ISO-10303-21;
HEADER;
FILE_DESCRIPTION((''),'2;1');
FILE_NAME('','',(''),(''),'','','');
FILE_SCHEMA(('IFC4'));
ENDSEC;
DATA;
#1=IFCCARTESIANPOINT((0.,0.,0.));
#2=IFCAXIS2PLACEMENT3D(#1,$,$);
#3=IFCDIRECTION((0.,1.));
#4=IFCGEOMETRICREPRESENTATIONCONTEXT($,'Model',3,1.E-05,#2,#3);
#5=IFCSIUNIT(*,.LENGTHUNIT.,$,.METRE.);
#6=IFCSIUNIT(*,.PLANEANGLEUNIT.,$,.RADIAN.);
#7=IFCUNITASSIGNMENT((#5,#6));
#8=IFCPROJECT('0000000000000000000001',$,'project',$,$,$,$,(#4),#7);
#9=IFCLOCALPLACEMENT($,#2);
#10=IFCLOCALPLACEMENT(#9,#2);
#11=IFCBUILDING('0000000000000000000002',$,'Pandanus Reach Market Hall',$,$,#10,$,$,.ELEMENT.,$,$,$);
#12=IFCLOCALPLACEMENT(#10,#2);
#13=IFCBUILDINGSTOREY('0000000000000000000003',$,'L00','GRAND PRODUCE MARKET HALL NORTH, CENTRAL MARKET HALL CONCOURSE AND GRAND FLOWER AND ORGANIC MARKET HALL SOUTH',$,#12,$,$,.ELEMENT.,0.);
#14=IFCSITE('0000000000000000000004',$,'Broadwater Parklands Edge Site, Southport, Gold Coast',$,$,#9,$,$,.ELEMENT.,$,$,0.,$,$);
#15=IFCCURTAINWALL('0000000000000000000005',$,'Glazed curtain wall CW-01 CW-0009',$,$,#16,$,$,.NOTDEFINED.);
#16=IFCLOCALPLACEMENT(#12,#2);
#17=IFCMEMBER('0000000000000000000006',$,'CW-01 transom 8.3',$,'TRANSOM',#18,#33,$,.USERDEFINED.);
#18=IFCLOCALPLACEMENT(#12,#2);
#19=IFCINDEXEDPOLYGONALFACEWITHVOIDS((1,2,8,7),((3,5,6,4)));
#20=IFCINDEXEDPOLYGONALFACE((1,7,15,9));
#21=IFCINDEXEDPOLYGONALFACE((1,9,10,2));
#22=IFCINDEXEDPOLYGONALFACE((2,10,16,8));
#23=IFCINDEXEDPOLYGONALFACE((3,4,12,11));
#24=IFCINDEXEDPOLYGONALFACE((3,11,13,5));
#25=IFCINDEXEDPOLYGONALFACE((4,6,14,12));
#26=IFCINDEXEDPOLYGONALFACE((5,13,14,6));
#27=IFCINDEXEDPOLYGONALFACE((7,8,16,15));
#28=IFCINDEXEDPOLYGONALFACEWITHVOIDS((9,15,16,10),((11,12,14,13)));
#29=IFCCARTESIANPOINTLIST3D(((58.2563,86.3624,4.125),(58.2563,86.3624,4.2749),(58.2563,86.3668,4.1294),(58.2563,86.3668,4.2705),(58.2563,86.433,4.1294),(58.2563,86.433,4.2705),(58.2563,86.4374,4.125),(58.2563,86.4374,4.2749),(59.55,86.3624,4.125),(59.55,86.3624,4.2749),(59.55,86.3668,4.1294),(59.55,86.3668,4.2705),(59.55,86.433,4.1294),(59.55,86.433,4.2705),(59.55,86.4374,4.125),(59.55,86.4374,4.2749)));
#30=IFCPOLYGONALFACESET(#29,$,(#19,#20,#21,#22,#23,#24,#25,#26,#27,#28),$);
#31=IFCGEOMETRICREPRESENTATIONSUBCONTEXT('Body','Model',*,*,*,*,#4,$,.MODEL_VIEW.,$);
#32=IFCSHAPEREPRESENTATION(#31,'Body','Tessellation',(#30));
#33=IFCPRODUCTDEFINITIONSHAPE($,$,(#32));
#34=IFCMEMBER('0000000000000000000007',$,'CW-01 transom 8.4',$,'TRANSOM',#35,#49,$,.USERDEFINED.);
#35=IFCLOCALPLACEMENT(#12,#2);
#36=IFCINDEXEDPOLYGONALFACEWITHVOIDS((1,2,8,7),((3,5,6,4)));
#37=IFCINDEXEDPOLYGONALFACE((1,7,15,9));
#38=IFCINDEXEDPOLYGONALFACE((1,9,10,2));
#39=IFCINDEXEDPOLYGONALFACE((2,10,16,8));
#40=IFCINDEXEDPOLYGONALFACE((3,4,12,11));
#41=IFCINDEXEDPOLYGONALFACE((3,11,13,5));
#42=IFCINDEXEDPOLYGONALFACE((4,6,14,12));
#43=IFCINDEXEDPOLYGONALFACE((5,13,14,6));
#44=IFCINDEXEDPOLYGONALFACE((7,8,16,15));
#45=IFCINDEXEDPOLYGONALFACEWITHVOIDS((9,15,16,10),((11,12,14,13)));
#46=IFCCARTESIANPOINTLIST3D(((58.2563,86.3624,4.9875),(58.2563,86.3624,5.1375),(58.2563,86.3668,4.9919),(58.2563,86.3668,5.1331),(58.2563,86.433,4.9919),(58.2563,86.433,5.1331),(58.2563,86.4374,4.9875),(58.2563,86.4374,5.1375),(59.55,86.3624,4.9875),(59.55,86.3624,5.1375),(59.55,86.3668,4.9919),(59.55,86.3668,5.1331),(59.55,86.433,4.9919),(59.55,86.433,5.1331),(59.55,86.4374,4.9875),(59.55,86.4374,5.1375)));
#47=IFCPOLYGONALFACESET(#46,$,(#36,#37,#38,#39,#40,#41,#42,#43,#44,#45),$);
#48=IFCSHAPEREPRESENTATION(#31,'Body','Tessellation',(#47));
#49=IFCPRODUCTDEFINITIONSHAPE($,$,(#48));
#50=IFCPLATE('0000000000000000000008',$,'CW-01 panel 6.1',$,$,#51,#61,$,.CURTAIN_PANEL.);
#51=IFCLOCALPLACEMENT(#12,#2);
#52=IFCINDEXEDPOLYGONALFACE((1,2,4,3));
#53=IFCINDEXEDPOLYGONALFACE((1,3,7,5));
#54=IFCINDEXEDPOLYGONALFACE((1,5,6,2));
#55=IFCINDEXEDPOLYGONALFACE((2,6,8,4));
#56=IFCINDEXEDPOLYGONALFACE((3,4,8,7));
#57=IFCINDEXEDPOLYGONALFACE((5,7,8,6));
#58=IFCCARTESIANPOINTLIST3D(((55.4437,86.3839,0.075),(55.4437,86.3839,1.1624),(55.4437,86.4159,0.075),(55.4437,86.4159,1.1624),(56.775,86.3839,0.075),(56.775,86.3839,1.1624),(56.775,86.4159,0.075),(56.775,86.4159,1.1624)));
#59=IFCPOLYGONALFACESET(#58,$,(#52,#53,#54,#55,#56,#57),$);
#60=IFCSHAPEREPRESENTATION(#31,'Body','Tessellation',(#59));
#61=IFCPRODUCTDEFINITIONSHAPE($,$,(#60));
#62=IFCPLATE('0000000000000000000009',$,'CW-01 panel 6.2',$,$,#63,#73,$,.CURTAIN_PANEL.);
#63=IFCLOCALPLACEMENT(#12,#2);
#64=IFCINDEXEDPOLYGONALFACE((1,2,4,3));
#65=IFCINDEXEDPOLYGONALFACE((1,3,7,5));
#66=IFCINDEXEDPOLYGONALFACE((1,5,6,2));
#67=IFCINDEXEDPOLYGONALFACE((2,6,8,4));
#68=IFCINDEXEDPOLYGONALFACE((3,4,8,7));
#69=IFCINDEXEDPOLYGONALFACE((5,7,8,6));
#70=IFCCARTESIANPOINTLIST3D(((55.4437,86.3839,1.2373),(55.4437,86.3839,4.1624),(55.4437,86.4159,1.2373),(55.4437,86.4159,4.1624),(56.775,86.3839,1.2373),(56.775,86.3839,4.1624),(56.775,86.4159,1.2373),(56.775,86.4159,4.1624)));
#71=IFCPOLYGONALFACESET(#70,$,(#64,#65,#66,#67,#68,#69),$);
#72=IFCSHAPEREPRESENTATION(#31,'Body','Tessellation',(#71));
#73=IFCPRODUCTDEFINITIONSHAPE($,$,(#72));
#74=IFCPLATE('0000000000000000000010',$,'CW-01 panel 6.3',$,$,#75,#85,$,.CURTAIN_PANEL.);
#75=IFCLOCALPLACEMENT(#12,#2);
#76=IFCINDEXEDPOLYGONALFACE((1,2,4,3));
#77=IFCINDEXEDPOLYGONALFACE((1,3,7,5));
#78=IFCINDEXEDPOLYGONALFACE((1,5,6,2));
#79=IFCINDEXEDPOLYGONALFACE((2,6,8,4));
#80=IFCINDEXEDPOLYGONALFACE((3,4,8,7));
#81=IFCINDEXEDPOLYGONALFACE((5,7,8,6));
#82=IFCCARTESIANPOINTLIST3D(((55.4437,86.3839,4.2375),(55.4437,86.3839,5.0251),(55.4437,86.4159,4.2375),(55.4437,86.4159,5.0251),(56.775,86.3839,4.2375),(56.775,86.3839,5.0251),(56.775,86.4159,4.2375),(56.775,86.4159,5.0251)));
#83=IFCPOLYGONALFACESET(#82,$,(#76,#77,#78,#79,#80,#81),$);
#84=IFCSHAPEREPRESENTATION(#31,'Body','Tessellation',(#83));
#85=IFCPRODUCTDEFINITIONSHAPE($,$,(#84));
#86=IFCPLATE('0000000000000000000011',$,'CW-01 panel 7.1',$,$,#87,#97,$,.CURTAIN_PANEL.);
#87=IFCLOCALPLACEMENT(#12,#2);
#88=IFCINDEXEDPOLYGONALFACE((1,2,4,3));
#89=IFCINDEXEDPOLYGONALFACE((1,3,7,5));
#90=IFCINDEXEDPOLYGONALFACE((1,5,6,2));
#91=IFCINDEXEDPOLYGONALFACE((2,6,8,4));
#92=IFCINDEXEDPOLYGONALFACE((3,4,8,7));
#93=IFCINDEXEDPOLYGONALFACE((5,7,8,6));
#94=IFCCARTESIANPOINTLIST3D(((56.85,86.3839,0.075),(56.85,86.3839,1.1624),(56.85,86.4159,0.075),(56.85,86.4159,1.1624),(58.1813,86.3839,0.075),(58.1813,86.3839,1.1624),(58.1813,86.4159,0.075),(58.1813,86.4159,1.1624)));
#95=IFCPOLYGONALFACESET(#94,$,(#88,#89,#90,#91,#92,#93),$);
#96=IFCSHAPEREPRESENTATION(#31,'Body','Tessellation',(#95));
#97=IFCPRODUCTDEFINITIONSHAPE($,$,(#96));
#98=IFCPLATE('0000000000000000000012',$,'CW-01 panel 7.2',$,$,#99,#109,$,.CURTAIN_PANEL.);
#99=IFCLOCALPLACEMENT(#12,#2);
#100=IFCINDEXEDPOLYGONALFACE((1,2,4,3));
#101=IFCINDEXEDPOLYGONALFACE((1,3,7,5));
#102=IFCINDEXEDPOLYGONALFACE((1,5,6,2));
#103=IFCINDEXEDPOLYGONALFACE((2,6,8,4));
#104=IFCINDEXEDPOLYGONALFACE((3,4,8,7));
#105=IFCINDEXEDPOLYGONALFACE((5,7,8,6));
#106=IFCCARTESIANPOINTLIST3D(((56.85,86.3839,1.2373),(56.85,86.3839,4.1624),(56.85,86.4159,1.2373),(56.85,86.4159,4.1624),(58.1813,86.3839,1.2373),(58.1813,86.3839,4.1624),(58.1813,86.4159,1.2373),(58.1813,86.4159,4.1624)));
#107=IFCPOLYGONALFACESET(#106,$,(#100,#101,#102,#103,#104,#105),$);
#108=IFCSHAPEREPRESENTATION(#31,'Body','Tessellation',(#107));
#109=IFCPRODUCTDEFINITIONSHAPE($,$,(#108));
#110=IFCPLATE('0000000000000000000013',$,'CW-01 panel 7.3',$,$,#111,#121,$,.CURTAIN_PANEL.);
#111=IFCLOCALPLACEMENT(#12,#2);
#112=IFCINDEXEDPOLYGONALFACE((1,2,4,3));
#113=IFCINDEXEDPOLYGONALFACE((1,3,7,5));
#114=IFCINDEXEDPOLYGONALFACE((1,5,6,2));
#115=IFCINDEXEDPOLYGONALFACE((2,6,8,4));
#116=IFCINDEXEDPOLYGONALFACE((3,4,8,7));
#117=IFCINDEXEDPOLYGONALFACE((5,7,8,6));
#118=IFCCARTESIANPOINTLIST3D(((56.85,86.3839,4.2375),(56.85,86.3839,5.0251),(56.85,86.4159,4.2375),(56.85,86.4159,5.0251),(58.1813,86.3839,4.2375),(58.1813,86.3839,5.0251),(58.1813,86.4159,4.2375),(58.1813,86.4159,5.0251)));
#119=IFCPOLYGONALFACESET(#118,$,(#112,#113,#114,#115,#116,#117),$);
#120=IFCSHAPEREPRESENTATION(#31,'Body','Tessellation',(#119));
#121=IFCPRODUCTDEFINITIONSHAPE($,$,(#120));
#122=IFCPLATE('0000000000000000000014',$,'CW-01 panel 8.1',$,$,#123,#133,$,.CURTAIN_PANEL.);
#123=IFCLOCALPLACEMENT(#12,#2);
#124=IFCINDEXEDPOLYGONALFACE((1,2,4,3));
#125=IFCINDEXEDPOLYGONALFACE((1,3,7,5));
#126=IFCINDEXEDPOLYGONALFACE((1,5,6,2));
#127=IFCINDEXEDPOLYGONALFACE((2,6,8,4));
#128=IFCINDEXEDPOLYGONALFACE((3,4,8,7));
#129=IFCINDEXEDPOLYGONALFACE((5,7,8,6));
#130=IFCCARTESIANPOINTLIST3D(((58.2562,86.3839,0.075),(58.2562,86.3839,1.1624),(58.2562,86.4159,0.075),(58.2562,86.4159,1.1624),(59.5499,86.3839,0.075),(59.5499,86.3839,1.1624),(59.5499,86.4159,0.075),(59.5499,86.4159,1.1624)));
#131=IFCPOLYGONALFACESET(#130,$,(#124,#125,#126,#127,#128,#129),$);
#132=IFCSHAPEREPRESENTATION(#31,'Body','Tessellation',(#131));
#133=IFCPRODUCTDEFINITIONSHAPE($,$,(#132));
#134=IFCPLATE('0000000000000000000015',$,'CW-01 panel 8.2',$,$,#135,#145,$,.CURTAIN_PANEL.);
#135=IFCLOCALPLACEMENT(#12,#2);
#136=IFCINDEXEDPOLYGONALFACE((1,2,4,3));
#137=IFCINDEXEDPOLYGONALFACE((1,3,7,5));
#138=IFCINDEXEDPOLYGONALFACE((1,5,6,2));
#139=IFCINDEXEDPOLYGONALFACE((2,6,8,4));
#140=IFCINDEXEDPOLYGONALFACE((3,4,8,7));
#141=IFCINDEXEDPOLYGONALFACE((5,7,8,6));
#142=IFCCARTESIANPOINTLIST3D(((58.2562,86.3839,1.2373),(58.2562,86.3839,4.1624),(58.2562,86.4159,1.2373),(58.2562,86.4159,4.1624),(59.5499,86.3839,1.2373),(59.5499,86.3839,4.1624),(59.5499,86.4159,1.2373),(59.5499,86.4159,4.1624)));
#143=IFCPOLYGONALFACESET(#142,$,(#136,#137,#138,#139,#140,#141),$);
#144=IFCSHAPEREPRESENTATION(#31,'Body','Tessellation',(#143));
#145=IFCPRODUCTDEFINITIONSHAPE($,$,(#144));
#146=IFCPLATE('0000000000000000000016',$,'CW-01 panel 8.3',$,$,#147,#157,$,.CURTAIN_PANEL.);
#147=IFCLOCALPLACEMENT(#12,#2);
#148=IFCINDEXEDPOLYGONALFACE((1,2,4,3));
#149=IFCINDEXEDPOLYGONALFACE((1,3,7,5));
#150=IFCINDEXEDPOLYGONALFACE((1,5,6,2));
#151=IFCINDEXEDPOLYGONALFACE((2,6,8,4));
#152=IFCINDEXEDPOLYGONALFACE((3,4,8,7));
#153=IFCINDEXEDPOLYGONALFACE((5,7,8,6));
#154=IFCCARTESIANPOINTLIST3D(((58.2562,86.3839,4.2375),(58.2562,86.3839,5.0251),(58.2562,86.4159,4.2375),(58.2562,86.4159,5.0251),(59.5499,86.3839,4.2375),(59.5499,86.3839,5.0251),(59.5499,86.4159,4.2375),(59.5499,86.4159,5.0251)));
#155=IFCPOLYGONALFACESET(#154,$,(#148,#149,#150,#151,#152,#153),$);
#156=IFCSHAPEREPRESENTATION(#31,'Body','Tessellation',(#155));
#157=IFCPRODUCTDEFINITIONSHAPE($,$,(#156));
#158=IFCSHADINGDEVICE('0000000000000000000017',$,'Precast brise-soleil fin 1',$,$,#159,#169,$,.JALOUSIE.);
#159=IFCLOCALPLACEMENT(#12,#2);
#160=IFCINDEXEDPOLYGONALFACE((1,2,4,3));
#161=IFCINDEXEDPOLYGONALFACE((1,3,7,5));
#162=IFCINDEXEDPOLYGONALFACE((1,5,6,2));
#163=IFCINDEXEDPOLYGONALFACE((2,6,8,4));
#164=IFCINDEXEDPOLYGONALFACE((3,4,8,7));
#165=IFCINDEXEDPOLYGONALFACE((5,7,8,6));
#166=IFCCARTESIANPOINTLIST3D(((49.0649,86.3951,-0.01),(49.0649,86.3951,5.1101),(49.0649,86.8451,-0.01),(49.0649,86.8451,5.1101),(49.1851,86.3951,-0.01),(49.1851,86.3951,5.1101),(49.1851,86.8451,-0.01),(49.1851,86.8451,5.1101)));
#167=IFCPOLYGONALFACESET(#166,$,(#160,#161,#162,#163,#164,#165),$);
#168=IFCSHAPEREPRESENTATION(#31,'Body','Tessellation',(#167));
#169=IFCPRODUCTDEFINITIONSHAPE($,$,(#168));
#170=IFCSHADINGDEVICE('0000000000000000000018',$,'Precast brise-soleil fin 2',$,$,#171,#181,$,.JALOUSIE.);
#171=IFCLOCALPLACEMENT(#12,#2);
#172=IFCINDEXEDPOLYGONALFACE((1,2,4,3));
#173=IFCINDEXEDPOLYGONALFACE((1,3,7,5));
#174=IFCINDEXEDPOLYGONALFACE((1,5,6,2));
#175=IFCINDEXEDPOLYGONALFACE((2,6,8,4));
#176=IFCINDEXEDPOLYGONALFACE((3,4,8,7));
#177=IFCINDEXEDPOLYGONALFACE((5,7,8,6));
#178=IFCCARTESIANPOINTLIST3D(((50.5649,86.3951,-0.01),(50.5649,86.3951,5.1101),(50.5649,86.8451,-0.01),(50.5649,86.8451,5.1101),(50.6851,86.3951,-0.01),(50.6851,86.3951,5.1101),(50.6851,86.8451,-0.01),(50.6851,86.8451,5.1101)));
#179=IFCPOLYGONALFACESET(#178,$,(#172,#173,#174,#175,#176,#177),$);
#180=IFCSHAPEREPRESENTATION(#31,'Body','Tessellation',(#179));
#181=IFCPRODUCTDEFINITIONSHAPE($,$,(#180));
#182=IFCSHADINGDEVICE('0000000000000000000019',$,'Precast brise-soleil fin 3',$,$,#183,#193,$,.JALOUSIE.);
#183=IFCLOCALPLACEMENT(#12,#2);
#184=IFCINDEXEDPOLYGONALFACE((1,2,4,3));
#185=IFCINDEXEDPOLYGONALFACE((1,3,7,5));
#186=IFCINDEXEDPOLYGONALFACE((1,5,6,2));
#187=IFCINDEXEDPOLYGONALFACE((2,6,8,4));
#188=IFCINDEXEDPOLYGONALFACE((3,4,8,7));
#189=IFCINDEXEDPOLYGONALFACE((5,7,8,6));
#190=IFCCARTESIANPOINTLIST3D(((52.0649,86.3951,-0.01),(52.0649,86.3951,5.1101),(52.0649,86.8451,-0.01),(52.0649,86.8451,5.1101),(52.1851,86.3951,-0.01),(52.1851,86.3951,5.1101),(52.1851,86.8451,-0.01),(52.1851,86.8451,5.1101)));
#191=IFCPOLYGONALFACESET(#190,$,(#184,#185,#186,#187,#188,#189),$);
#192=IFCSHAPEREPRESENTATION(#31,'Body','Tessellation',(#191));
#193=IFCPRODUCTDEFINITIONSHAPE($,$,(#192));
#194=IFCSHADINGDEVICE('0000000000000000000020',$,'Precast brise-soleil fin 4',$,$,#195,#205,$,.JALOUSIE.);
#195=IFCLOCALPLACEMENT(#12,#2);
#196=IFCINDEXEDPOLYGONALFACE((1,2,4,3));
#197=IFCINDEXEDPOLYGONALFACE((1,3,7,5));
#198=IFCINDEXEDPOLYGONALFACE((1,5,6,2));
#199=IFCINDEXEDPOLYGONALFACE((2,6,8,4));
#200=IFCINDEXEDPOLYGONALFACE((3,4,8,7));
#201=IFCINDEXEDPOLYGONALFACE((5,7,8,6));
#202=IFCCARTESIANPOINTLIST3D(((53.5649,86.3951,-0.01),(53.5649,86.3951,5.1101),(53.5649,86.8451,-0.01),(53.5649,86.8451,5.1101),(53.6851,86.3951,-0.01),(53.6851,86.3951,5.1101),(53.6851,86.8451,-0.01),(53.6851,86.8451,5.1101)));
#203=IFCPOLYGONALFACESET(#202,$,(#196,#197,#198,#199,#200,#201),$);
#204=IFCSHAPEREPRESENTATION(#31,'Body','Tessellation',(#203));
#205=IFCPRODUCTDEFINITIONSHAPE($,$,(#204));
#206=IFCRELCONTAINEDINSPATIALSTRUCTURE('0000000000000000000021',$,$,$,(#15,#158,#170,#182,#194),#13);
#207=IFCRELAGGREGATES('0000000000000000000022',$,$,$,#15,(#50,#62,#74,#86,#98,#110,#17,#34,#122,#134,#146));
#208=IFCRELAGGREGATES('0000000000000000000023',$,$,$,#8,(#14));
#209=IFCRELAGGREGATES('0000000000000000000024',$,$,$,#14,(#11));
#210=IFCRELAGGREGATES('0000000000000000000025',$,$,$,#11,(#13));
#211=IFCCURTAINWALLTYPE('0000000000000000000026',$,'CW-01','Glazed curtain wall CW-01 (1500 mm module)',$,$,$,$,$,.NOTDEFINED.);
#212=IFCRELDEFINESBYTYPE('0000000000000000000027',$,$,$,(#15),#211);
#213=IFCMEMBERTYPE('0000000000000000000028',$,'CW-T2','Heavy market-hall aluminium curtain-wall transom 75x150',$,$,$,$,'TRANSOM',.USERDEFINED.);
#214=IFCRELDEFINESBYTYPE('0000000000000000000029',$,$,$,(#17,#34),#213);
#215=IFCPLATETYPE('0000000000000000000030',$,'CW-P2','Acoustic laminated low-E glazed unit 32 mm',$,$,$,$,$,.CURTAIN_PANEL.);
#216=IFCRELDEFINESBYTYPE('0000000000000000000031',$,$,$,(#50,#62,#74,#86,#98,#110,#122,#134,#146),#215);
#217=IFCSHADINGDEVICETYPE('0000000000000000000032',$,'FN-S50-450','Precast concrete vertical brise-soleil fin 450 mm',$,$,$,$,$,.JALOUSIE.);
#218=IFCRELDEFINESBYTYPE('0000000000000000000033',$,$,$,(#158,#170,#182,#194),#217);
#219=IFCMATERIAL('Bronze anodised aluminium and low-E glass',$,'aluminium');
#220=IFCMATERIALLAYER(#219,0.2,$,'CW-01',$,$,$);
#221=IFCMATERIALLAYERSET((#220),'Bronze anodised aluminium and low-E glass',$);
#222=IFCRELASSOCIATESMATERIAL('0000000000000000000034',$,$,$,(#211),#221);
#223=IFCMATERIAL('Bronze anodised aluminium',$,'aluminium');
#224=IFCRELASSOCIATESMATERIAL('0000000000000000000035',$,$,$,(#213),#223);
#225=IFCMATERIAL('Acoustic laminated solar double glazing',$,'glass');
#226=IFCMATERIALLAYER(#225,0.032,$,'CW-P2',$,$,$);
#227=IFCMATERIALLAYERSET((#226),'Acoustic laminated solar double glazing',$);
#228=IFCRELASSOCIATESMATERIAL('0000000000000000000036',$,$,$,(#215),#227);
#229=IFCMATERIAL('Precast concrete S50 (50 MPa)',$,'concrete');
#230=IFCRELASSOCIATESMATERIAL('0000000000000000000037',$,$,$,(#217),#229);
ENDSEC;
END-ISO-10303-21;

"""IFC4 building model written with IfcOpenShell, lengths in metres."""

from ifc_helpers import new_model, si_unit, direction, frame, origin, origin_2d, place, context, subcontext, project, spatial, rectangle, hollow_rectangle, extrude, material, layer, layer_set, material_profile, profile_set, type_object, element, aggregate, save


model = new_model("IFC4")

# Units and contexts
model_context = context("Model", 3, precision=1e-05, world=origin(), true_north=direction((0.0, 1.0)))
body_context = subcontext(model_context, "Body", "Model", "MODEL_VIEW")
ifc_project = project(units=[si_unit("LENGTHUNIT", "METRE"), si_unit("PLANEANGLEUNIT", "RADIAN")], contexts=[model_context])

# Site, building, storey
site_placement = place(None, origin())
site = spatial("IfcSite", under=ifc_project, at=site_placement, Name="Broadwater Parklands Edge Site, Southport, Gold Coast", CompositionType="ELEMENT", RefElevation=0.0)
building_placement = place(site_placement, origin())
building = spatial("IfcBuilding", under=site, at=building_placement, Name="Pandanus Reach Market Hall", CompositionType="ELEMENT")
storey_placement = place(building_placement, origin())
storey = spatial("IfcBuildingStorey", under=building, at=storey_placement, Name="L00", Description="GRAND PRODUCE MARKET HALL NORTH, CENTRAL MARKET HALL CONCOURSE AND GRAND FLOWER AND ORGANIC MARKET HALL SOUTH", CompositionType="ELEMENT", Elevation=0.0)

# Shared definitions
ifc_material_1 = material(Name="Precast concrete S50 (50 MPa)", Category="concrete")

# Curtain wall, members, plates
ifc_material_2 = material(Name="Bronze anodised aluminium and low-E glass", Category="aluminium")
ifc_layer_1 = layer(ifc_material_2, 0.2, Name="CW-01")
ifc_layer_set_1 = layer_set([ifc_layer_1], Name="Bronze anodised aluminium and low-E glass")
curtain_wall_type = type_object("IfcCurtainWallType", Name="CW-01", Description="Glazed curtain wall CW-01 (1500 mm module)", PredefinedType="NOTDEFINED", material=ifc_layer_set_1)
curtain_wall_placement = place(storey_placement, origin())
curtain_wall = element("IfcCurtainWall", 1, at=curtain_wall_placement, inside=storey, type_object=curtain_wall_type, Name="Glazed curtain wall CW-01 CW-0009", PredefinedType="NOTDEFINED")
ifc_material_3 = material(Name="Bronze anodised aluminium", Category="aluminium")
ifc_material_profile_1 = material_profile(ifc_material_3, hollow_rectangle(XDim=0.075, YDim=0.1499, WallThickness=0.0044, at=origin_2d()), Name="ALU75x150", Category="LoadBearing")
ifc_profile_set_1 = profile_set([ifc_material_profile_1], Name="Bronze anodised aluminium")
member_type_1 = type_object("IfcMemberType", Name="CW-T2", Description="Heavy market-hall aluminium curtain-wall transom 75x150", ElementType="TRANSOM", PredefinedType="USERDEFINED", material=ifc_profile_set_1)
member_1_placement = place(storey_placement, frame((58.2563, 86.3999, 4.2), z_axis=(1.0, 0.0, 0.0), x_axis=(0.0, 1.0, 0.0)))
member_1 = element("IfcMember", 2, at=member_1_placement, type_object=member_type_1, Name="CW-01 transom 8.3", ObjectType="TRANSOM", PredefinedType="USERDEFINED", context=body_context, shape_type="SweptSolid", body=[
    extrude(hollow_rectangle(XDim=0.075, YDim=0.1499, WallThickness=0.0044, at=origin_2d()), origin(), (0.0, 0.0, 1.0), 1.2937),
])
member_2_placement = place(storey_placement, frame((58.2563, 86.3999, 5.0625), z_axis=(1.0, 0.0, 0.0), x_axis=(0.0, 1.0, 0.0)))
member_2 = element("IfcMember", 3, at=member_2_placement, type_object=member_type_1, Name="CW-01 transom 8.4", ObjectType="TRANSOM", PredefinedType="USERDEFINED", context=body_context, shape_type="SweptSolid", body=[
    extrude(hollow_rectangle(XDim=0.075, YDim=0.1499, WallThickness=0.0044, at=origin_2d()), origin(), (0.0, 0.0, 1.0), 1.2937),
])
ifc_material_4 = material(Name="Acoustic laminated solar double glazing", Category="glass")
ifc_layer_2 = layer(ifc_material_4, 0.032, Name="CW-P2")
ifc_layer_set_2 = layer_set([ifc_layer_2], Name="Acoustic laminated solar double glazing")
plate_type = type_object("IfcPlateType", Name="CW-P2", Description="Acoustic laminated low-E glazed unit 32 mm", PredefinedType="CURTAIN_PANEL", material=ifc_layer_set_2)
plate_1_placement = place(storey_placement, frame((56.1094, 86.3999, 0.075), z_axis=(0.0, 0.0, 1.0), x_axis=(1.0, 0.0, 0.0)))
plate_1 = element("IfcPlate", 4, at=plate_1_placement, type_object=plate_type, Name="CW-01 panel 6.1", PredefinedType="CURTAIN_PANEL", context=body_context, shape_type="SweptSolid", body=[
    extrude(rectangle(XDim=1.3313, YDim=0.032, at=origin_2d()), origin(), (0.0, 0.0, 1.0), 1.0874),
])
plate_2_placement = place(storey_placement, frame((56.1094, 86.3999, 1.2373), z_axis=(0.0, 0.0, 1.0), x_axis=(1.0, 0.0, 0.0)))
plate_2 = element("IfcPlate", 5, at=plate_2_placement, type_object=plate_type, Name="CW-01 panel 6.2", PredefinedType="CURTAIN_PANEL", context=body_context, shape_type="SweptSolid", body=[
    extrude(rectangle(XDim=1.3313, YDim=0.032, at=origin_2d()), origin(), (0.0, 0.0, 1.0), 2.925),
])
plate_3_placement = place(storey_placement, frame((56.1094, 86.3999, 4.2375), z_axis=(0.0, 0.0, 1.0), x_axis=(1.0, 0.0, 0.0)))
plate_3 = element("IfcPlate", 6, at=plate_3_placement, type_object=plate_type, Name="CW-01 panel 6.3", PredefinedType="CURTAIN_PANEL", context=body_context, shape_type="SweptSolid", body=[
    extrude(rectangle(XDim=1.3313, YDim=0.032, at=origin_2d()), origin(), (0.0, 0.0, 1.0), 0.7876),
])
plate_4_placement = place(storey_placement, frame((57.5156, 86.3999, 0.075), z_axis=(0.0, 0.0, 1.0), x_axis=(1.0, 0.0, 0.0)))
plate_4 = element("IfcPlate", 7, at=plate_4_placement, type_object=plate_type, Name="CW-01 panel 7.1", PredefinedType="CURTAIN_PANEL", context=body_context, shape_type="SweptSolid", body=[
    extrude(rectangle(XDim=1.3313, YDim=0.032, at=origin_2d()), origin(), (0.0, 0.0, 1.0), 1.0874),
])
plate_5_placement = place(storey_placement, frame((57.5156, 86.3999, 1.2373), z_axis=(0.0, 0.0, 1.0), x_axis=(1.0, 0.0, 0.0)))
plate_5 = element("IfcPlate", 8, at=plate_5_placement, type_object=plate_type, Name="CW-01 panel 7.2", PredefinedType="CURTAIN_PANEL", context=body_context, shape_type="SweptSolid", body=[
    extrude(rectangle(XDim=1.3313, YDim=0.032, at=origin_2d()), origin(), (0.0, 0.0, 1.0), 2.925),
])
plate_6_placement = place(storey_placement, frame((57.5156, 86.3999, 4.2375), z_axis=(0.0, 0.0, 1.0), x_axis=(1.0, 0.0, 0.0)))
plate_6 = element("IfcPlate", 9, at=plate_6_placement, type_object=plate_type, Name="CW-01 panel 7.3", PredefinedType="CURTAIN_PANEL", context=body_context, shape_type="SweptSolid", body=[
    extrude(rectangle(XDim=1.3313, YDim=0.032, at=origin_2d()), origin(), (0.0, 0.0, 1.0), 0.7876),
])
plate_7_placement = place(storey_placement, frame((58.9031, 86.3999, 0.075), z_axis=(0.0, 0.0, 1.0), x_axis=(1.0, 0.0, 0.0)))
plate_7 = element("IfcPlate", 10, at=plate_7_placement, type_object=plate_type, Name="CW-01 panel 8.1", PredefinedType="CURTAIN_PANEL", context=body_context, shape_type="SweptSolid", body=[
    extrude(rectangle(XDim=1.2937, YDim=0.032, at=origin_2d()), origin(), (0.0, 0.0, 1.0), 1.0874),
])
plate_8_placement = place(storey_placement, frame((58.9031, 86.3999, 1.2373), z_axis=(0.0, 0.0, 1.0), x_axis=(1.0, 0.0, 0.0)))
plate_8 = element("IfcPlate", 11, at=plate_8_placement, type_object=plate_type, Name="CW-01 panel 8.2", PredefinedType="CURTAIN_PANEL", context=body_context, shape_type="SweptSolid", body=[
    extrude(rectangle(XDim=1.2937, YDim=0.032, at=origin_2d()), origin(), (0.0, 0.0, 1.0), 2.925),
])
plate_9_placement = place(storey_placement, frame((58.9031, 86.3999, 4.2375), z_axis=(0.0, 0.0, 1.0), x_axis=(1.0, 0.0, 0.0)))
plate_9 = element("IfcPlate", 12, at=plate_9_placement, type_object=plate_type, Name="CW-01 panel 8.3", PredefinedType="CURTAIN_PANEL", context=body_context, shape_type="SweptSolid", body=[
    extrude(rectangle(XDim=1.2937, YDim=0.032, at=origin_2d()), origin(), (0.0, 0.0, 1.0), 0.7876),
])
aggregate(curtain_wall, [plate_1, plate_2, plate_3, plate_4, plate_5, plate_6, member_1, member_2, plate_7, plate_8, plate_9])

# Shading devices
shading_device_type = type_object("IfcShadingDeviceType", Name="FN-S50-450", Description="Precast concrete vertical brise-soleil fin 450 mm", PredefinedType="JALOUSIE", material=ifc_material_1)
for number, where, z_axis, x_axis, name in (
    (13, (49.125, 86.6201, -0.01), (0.0, 0.0, 1.0), (0.0, 1.0, 0.0), "Precast brise-soleil fin 1"),
    (14, (50.625, 86.6201, -0.01), (0.0, 0.0, 1.0), (0.0, 1.0, 0.0), "Precast brise-soleil fin 2"),
    (15, (52.125, 86.6201, -0.01), (0.0, 0.0, 1.0), (0.0, 1.0, 0.0), "Precast brise-soleil fin 3"),
    (16, (53.625, 86.6201, -0.01), (0.0, 0.0, 1.0), (0.0, 1.0, 0.0), "Precast brise-soleil fin 4"),
):
    element("IfcShadingDevice", number, at=place(storey_placement, frame(where, z_axis=z_axis, x_axis=x_axis)), inside=storey, type_object=shading_device_type, Name=name, PredefinedType="JALOUSIE", context=body_context, shape_type="SweptSolid", body=[
        extrude(rectangle(XDim=0.45, YDim=0.1201, at=origin_2d()), origin(), (0.0, 0.0, 1.0), 5.1201),
    ])

save(model, "model.ifc")
